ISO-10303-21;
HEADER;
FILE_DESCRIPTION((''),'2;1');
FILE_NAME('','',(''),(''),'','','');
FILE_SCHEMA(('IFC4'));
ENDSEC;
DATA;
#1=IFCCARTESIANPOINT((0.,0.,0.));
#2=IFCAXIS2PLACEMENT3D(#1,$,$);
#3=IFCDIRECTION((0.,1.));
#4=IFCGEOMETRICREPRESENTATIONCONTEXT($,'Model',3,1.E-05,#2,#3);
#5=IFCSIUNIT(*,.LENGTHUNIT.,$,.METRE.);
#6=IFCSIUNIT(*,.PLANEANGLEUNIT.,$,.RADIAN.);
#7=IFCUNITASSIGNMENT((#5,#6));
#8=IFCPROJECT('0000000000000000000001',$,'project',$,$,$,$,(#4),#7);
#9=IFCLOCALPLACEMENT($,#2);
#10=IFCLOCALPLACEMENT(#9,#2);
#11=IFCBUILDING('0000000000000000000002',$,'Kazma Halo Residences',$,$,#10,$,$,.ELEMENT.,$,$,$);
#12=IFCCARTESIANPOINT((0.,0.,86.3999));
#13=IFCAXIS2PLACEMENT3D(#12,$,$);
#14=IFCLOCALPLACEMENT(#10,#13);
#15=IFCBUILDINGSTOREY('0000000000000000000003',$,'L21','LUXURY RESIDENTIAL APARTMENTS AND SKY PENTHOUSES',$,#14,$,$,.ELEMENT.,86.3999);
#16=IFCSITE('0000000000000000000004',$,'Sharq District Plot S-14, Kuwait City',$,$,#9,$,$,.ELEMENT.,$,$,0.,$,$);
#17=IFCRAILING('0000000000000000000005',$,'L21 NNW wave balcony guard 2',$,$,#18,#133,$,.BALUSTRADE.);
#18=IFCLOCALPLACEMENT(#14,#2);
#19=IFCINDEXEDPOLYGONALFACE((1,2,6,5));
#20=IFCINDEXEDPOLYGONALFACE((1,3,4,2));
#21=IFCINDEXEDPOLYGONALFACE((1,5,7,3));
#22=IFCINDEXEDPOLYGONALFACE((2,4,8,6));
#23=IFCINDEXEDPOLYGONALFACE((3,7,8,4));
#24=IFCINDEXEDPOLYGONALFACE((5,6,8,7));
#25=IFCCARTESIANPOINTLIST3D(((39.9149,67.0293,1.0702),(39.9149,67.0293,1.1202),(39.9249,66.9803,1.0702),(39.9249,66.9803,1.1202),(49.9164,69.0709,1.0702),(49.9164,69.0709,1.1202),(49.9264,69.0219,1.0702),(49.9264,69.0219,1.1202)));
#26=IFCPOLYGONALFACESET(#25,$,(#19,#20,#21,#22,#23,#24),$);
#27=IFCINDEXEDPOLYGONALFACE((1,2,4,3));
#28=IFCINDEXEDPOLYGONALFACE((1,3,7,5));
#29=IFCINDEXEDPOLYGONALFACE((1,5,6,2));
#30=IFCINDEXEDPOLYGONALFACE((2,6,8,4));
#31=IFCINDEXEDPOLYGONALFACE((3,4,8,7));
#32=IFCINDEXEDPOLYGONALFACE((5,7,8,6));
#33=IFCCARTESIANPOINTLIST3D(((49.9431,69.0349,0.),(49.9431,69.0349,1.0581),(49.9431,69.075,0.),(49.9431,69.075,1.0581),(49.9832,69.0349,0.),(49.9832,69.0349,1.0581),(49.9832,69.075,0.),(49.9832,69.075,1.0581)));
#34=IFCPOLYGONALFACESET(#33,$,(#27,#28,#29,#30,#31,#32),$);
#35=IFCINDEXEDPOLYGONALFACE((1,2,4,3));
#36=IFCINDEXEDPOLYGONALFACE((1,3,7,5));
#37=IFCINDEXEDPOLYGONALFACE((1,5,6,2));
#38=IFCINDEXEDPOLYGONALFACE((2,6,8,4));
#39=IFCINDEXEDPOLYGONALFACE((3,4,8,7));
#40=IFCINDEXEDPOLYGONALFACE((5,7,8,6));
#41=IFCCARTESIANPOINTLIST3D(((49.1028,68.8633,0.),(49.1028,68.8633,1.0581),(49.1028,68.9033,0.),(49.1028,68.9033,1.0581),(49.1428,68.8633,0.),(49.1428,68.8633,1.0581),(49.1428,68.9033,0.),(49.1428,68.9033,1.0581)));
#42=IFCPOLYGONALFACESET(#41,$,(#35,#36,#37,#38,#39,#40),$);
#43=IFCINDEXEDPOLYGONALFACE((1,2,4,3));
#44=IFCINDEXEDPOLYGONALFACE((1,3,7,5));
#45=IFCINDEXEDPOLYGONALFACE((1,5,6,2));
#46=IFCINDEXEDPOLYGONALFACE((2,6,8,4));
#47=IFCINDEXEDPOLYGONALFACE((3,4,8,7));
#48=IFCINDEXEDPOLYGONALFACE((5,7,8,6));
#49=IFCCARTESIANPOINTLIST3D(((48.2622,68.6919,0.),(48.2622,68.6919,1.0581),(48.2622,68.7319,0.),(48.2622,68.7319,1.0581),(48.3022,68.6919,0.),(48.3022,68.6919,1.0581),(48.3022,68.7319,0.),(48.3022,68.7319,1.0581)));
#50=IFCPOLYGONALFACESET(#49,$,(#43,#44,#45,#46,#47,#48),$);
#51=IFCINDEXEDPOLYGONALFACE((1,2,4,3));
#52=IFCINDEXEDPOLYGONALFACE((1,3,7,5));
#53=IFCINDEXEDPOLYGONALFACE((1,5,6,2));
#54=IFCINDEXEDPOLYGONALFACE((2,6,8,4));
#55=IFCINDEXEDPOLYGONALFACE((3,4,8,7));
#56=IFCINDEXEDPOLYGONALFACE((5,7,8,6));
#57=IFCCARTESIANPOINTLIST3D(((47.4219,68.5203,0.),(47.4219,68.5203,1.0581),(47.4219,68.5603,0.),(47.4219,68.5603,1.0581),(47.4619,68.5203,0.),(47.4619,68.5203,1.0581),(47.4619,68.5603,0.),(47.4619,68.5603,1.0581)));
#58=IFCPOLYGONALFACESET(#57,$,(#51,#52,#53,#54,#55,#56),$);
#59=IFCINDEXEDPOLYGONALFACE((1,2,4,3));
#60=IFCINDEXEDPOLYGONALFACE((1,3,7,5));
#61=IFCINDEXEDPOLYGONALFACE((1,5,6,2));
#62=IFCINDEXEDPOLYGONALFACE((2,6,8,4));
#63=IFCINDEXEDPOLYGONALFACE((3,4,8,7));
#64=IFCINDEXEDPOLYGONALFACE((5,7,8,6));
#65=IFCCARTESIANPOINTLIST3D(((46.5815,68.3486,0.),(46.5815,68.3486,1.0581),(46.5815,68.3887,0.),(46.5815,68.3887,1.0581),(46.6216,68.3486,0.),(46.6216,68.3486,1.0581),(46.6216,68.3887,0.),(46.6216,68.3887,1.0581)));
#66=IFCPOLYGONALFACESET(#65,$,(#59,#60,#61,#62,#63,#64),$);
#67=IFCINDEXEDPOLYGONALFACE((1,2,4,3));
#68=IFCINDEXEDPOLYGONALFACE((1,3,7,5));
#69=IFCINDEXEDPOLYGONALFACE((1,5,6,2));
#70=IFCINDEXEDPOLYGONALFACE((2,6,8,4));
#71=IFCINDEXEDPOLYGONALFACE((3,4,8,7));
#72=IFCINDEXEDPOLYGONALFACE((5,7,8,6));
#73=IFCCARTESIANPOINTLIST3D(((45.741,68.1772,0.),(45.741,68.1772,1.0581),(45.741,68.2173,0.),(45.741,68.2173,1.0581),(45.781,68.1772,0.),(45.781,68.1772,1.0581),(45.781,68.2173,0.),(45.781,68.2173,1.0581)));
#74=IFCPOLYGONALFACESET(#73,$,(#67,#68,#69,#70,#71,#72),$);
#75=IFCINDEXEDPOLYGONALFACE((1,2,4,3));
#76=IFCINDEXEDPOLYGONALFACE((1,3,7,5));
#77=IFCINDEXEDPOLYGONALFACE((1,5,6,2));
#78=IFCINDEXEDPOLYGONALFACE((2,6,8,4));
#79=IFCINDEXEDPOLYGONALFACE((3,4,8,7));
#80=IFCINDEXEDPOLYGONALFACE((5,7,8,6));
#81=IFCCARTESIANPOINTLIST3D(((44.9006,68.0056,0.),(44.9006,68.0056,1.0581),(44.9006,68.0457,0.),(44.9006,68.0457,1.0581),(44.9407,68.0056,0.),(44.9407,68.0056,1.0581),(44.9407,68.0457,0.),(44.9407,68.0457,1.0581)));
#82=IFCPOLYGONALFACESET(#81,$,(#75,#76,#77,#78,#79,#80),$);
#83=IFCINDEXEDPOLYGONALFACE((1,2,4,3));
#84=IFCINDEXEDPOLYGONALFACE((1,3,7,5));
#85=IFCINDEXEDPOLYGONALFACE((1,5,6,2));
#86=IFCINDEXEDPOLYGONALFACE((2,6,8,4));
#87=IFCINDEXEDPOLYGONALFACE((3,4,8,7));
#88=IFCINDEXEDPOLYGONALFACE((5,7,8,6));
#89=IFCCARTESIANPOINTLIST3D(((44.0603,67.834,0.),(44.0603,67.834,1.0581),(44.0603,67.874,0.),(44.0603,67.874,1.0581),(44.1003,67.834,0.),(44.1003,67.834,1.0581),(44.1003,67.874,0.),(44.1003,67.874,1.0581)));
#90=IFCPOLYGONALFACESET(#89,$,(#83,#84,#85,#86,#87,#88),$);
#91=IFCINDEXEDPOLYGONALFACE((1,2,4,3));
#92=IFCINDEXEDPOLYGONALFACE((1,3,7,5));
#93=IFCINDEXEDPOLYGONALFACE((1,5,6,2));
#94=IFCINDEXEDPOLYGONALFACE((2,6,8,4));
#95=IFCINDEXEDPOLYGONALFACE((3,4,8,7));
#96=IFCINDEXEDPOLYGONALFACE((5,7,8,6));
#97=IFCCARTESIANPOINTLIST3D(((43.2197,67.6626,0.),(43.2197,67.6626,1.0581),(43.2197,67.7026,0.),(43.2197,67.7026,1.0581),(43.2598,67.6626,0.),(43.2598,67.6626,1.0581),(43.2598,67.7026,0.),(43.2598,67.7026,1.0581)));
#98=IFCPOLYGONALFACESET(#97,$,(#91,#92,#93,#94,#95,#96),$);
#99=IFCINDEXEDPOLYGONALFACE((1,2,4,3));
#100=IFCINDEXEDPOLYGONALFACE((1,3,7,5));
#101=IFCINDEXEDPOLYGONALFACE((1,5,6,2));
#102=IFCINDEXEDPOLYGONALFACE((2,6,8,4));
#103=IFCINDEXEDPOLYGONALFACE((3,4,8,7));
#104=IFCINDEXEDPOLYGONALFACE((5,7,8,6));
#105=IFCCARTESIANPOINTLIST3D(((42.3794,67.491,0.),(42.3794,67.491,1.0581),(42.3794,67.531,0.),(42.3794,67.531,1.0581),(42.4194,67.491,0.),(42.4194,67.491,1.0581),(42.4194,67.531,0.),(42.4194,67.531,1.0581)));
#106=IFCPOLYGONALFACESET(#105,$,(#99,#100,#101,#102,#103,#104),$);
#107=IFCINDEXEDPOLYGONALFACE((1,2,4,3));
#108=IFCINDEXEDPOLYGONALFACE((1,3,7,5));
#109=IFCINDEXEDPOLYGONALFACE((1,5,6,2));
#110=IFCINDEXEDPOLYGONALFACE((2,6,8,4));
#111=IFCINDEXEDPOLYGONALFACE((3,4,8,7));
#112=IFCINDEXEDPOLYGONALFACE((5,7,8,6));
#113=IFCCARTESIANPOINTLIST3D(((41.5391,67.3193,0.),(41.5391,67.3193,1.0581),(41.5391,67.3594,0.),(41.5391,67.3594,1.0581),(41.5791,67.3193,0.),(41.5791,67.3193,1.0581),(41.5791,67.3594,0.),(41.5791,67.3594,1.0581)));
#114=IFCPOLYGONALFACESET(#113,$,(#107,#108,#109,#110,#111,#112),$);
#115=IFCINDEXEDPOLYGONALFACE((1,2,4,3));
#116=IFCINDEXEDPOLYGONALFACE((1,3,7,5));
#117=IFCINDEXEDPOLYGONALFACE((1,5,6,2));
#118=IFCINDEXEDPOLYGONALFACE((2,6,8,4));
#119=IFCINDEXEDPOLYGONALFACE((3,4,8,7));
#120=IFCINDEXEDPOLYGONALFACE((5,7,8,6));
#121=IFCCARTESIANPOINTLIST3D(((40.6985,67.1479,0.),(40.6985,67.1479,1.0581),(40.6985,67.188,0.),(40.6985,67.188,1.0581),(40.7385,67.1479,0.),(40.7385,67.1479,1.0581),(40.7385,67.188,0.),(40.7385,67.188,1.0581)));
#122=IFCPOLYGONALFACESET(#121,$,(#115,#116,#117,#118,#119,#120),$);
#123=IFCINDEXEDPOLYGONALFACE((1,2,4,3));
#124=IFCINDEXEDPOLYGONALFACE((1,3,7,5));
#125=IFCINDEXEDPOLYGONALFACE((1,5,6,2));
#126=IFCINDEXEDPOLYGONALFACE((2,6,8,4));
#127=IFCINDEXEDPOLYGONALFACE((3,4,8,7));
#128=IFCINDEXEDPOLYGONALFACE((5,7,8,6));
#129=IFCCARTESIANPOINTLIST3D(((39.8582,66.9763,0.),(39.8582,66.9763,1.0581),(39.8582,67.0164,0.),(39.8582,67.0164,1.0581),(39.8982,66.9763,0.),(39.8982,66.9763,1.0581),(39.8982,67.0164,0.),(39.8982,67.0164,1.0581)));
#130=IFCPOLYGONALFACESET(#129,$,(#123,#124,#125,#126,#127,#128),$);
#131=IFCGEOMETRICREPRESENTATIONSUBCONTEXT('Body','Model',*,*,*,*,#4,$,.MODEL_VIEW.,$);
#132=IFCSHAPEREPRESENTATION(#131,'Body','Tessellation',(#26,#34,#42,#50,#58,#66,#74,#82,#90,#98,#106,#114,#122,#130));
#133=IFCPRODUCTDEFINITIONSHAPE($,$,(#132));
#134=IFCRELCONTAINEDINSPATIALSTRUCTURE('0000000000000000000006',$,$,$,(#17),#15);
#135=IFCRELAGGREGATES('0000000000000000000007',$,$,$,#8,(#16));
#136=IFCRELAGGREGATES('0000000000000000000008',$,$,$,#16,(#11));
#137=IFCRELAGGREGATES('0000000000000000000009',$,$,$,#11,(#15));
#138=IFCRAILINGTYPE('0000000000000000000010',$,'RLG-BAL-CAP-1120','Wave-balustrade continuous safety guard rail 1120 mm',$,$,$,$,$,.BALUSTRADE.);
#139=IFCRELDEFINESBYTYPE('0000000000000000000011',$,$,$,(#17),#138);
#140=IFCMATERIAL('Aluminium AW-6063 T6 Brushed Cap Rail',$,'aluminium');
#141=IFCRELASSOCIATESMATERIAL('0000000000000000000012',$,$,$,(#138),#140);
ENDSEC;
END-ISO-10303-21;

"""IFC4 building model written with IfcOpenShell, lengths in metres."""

from ifc_helpers import new_model, si_unit, direction, frame, origin, origin_2d, place, context, subcontext, project, spatial, rectangle, extrude, material, type_object, element, save


model = new_model("IFC4")

# Units and contexts
model_context = context("Model", 3, precision=1e-05, world=origin(), true_north=direction((0.0, 1.0)))
body_context = subcontext(model_context, "Body", "Model", "MODEL_VIEW")
ifc_project = project(units=[si_unit("LENGTHUNIT", "METRE"), si_unit("PLANEANGLEUNIT", "RADIAN")], contexts=[model_context])

# Site, building, storey
site_placement = place(None, origin())
site = spatial("IfcSite", under=ifc_project, at=site_placement, Name="Sharq District Plot S-14, Kuwait City", CompositionType="ELEMENT", RefElevation=0.0)
building_placement = place(site_placement, origin())
building = spatial("IfcBuilding", under=site, at=building_placement, Name="Kazma Halo Residences", CompositionType="ELEMENT")
storey_placement = place(building_placement, frame((0.0, 0.0, 86.3999)))
storey = spatial("IfcBuildingStorey", under=building, at=storey_placement, Name="L21", Description="LUXURY RESIDENTIAL APARTMENTS AND SKY PENTHOUSES", CompositionType="ELEMENT", Elevation=86.3999)

# Railing
ifc_material_1 = material(Name="Aluminium AW-6063 T6 Brushed Cap Rail", Category="aluminium")
railing_type = type_object("IfcRailingType", Name="RLG-BAL-CAP-1120", Description="Wave-balustrade continuous safety guard rail 1120 mm", PredefinedType="BALUSTRADE", material=ifc_material_1)
railing_1_placement = place(storey_placement, frame((49.9631, 69.0549, 0.0)))
element("IfcRailing", 1, at=railing_1_placement, inside=storey, type_object=railing_type, Name="L21 NNW wave balcony guard 2", PredefinedType="BALUSTRADE", context=body_context, shape_type="SweptSolid", body=[
    extrude(rectangle(XDim=0.05, YDim=0.05, at=origin_2d()), frame((-0.0417, -0.0085, 1.0952), z_axis=(-0.979796, -0.200001, 0.0), x_axis=(0.200001, -0.979796, 0.0)), (0.0, 0.0, 1.0), 10.2078),
    extrude(rectangle(XDim=0.04, YDim=0.04, at=origin_2d()), origin(), (0.0, 0.0, 1.0), 1.0581),
    extrude(rectangle(XDim=0.04, YDim=0.04, at=origin_2d()), frame((-0.8403, -0.1716, 0.0)), (0.0, 0.0, 1.0), 1.0581),
    extrude(rectangle(XDim=0.04, YDim=0.04, at=origin_2d()), frame((-1.6809, -0.343, 0.0)), (0.0, 0.0, 1.0), 1.0581),
    extrude(rectangle(XDim=0.04, YDim=0.04, at=origin_2d()), frame((-2.5212, -0.5146, 0.0)), (0.0, 0.0, 1.0), 1.0581),
    extrude(rectangle(XDim=0.04, YDim=0.04, at=origin_2d()), frame((-3.3616, -0.6863, 0.0)), (0.0, 0.0, 1.0), 1.0581),
    extrude(rectangle(XDim=0.04, YDim=0.04, at=origin_2d()), frame((-4.2021, -0.8577, 0.0)), (0.0, 0.0, 1.0), 1.0581),
    extrude(rectangle(XDim=0.04, YDim=0.04, at=origin_2d()), frame((-5.0425, -1.0293, 0.0)), (0.0, 0.0, 1.0), 1.0581),
    extrude(rectangle(XDim=0.04, YDim=0.04, at=origin_2d()), frame((-5.8828, -1.2009, 0.0)), (0.0, 0.0, 1.0), 1.0581),
    extrude(rectangle(XDim=0.04, YDim=0.04, at=origin_2d()), frame((-6.7234, -1.3723, 0.0)), (0.0, 0.0, 1.0), 1.0581),
    extrude(rectangle(XDim=0.04, YDim=0.04, at=origin_2d()), frame((-7.5637, -1.5439, 0.0)), (0.0, 0.0, 1.0), 1.0581),
    extrude(rectangle(XDim=0.04, YDim=0.04, at=origin_2d()), frame((-8.4041, -1.7156, 0.0)), (0.0, 0.0, 1.0), 1.0581),
    extrude(rectangle(XDim=0.04, YDim=0.04, at=origin_2d()), frame((-9.2446, -1.887, 0.0)), (0.0, 0.0, 1.0), 1.0581),
    extrude(rectangle(XDim=0.04, YDim=0.04, at=origin_2d()), frame((-10.085, -2.0586, 0.0)), (0.0, 0.0, 1.0), 1.0581),
])

save(model, "model.ifc")
